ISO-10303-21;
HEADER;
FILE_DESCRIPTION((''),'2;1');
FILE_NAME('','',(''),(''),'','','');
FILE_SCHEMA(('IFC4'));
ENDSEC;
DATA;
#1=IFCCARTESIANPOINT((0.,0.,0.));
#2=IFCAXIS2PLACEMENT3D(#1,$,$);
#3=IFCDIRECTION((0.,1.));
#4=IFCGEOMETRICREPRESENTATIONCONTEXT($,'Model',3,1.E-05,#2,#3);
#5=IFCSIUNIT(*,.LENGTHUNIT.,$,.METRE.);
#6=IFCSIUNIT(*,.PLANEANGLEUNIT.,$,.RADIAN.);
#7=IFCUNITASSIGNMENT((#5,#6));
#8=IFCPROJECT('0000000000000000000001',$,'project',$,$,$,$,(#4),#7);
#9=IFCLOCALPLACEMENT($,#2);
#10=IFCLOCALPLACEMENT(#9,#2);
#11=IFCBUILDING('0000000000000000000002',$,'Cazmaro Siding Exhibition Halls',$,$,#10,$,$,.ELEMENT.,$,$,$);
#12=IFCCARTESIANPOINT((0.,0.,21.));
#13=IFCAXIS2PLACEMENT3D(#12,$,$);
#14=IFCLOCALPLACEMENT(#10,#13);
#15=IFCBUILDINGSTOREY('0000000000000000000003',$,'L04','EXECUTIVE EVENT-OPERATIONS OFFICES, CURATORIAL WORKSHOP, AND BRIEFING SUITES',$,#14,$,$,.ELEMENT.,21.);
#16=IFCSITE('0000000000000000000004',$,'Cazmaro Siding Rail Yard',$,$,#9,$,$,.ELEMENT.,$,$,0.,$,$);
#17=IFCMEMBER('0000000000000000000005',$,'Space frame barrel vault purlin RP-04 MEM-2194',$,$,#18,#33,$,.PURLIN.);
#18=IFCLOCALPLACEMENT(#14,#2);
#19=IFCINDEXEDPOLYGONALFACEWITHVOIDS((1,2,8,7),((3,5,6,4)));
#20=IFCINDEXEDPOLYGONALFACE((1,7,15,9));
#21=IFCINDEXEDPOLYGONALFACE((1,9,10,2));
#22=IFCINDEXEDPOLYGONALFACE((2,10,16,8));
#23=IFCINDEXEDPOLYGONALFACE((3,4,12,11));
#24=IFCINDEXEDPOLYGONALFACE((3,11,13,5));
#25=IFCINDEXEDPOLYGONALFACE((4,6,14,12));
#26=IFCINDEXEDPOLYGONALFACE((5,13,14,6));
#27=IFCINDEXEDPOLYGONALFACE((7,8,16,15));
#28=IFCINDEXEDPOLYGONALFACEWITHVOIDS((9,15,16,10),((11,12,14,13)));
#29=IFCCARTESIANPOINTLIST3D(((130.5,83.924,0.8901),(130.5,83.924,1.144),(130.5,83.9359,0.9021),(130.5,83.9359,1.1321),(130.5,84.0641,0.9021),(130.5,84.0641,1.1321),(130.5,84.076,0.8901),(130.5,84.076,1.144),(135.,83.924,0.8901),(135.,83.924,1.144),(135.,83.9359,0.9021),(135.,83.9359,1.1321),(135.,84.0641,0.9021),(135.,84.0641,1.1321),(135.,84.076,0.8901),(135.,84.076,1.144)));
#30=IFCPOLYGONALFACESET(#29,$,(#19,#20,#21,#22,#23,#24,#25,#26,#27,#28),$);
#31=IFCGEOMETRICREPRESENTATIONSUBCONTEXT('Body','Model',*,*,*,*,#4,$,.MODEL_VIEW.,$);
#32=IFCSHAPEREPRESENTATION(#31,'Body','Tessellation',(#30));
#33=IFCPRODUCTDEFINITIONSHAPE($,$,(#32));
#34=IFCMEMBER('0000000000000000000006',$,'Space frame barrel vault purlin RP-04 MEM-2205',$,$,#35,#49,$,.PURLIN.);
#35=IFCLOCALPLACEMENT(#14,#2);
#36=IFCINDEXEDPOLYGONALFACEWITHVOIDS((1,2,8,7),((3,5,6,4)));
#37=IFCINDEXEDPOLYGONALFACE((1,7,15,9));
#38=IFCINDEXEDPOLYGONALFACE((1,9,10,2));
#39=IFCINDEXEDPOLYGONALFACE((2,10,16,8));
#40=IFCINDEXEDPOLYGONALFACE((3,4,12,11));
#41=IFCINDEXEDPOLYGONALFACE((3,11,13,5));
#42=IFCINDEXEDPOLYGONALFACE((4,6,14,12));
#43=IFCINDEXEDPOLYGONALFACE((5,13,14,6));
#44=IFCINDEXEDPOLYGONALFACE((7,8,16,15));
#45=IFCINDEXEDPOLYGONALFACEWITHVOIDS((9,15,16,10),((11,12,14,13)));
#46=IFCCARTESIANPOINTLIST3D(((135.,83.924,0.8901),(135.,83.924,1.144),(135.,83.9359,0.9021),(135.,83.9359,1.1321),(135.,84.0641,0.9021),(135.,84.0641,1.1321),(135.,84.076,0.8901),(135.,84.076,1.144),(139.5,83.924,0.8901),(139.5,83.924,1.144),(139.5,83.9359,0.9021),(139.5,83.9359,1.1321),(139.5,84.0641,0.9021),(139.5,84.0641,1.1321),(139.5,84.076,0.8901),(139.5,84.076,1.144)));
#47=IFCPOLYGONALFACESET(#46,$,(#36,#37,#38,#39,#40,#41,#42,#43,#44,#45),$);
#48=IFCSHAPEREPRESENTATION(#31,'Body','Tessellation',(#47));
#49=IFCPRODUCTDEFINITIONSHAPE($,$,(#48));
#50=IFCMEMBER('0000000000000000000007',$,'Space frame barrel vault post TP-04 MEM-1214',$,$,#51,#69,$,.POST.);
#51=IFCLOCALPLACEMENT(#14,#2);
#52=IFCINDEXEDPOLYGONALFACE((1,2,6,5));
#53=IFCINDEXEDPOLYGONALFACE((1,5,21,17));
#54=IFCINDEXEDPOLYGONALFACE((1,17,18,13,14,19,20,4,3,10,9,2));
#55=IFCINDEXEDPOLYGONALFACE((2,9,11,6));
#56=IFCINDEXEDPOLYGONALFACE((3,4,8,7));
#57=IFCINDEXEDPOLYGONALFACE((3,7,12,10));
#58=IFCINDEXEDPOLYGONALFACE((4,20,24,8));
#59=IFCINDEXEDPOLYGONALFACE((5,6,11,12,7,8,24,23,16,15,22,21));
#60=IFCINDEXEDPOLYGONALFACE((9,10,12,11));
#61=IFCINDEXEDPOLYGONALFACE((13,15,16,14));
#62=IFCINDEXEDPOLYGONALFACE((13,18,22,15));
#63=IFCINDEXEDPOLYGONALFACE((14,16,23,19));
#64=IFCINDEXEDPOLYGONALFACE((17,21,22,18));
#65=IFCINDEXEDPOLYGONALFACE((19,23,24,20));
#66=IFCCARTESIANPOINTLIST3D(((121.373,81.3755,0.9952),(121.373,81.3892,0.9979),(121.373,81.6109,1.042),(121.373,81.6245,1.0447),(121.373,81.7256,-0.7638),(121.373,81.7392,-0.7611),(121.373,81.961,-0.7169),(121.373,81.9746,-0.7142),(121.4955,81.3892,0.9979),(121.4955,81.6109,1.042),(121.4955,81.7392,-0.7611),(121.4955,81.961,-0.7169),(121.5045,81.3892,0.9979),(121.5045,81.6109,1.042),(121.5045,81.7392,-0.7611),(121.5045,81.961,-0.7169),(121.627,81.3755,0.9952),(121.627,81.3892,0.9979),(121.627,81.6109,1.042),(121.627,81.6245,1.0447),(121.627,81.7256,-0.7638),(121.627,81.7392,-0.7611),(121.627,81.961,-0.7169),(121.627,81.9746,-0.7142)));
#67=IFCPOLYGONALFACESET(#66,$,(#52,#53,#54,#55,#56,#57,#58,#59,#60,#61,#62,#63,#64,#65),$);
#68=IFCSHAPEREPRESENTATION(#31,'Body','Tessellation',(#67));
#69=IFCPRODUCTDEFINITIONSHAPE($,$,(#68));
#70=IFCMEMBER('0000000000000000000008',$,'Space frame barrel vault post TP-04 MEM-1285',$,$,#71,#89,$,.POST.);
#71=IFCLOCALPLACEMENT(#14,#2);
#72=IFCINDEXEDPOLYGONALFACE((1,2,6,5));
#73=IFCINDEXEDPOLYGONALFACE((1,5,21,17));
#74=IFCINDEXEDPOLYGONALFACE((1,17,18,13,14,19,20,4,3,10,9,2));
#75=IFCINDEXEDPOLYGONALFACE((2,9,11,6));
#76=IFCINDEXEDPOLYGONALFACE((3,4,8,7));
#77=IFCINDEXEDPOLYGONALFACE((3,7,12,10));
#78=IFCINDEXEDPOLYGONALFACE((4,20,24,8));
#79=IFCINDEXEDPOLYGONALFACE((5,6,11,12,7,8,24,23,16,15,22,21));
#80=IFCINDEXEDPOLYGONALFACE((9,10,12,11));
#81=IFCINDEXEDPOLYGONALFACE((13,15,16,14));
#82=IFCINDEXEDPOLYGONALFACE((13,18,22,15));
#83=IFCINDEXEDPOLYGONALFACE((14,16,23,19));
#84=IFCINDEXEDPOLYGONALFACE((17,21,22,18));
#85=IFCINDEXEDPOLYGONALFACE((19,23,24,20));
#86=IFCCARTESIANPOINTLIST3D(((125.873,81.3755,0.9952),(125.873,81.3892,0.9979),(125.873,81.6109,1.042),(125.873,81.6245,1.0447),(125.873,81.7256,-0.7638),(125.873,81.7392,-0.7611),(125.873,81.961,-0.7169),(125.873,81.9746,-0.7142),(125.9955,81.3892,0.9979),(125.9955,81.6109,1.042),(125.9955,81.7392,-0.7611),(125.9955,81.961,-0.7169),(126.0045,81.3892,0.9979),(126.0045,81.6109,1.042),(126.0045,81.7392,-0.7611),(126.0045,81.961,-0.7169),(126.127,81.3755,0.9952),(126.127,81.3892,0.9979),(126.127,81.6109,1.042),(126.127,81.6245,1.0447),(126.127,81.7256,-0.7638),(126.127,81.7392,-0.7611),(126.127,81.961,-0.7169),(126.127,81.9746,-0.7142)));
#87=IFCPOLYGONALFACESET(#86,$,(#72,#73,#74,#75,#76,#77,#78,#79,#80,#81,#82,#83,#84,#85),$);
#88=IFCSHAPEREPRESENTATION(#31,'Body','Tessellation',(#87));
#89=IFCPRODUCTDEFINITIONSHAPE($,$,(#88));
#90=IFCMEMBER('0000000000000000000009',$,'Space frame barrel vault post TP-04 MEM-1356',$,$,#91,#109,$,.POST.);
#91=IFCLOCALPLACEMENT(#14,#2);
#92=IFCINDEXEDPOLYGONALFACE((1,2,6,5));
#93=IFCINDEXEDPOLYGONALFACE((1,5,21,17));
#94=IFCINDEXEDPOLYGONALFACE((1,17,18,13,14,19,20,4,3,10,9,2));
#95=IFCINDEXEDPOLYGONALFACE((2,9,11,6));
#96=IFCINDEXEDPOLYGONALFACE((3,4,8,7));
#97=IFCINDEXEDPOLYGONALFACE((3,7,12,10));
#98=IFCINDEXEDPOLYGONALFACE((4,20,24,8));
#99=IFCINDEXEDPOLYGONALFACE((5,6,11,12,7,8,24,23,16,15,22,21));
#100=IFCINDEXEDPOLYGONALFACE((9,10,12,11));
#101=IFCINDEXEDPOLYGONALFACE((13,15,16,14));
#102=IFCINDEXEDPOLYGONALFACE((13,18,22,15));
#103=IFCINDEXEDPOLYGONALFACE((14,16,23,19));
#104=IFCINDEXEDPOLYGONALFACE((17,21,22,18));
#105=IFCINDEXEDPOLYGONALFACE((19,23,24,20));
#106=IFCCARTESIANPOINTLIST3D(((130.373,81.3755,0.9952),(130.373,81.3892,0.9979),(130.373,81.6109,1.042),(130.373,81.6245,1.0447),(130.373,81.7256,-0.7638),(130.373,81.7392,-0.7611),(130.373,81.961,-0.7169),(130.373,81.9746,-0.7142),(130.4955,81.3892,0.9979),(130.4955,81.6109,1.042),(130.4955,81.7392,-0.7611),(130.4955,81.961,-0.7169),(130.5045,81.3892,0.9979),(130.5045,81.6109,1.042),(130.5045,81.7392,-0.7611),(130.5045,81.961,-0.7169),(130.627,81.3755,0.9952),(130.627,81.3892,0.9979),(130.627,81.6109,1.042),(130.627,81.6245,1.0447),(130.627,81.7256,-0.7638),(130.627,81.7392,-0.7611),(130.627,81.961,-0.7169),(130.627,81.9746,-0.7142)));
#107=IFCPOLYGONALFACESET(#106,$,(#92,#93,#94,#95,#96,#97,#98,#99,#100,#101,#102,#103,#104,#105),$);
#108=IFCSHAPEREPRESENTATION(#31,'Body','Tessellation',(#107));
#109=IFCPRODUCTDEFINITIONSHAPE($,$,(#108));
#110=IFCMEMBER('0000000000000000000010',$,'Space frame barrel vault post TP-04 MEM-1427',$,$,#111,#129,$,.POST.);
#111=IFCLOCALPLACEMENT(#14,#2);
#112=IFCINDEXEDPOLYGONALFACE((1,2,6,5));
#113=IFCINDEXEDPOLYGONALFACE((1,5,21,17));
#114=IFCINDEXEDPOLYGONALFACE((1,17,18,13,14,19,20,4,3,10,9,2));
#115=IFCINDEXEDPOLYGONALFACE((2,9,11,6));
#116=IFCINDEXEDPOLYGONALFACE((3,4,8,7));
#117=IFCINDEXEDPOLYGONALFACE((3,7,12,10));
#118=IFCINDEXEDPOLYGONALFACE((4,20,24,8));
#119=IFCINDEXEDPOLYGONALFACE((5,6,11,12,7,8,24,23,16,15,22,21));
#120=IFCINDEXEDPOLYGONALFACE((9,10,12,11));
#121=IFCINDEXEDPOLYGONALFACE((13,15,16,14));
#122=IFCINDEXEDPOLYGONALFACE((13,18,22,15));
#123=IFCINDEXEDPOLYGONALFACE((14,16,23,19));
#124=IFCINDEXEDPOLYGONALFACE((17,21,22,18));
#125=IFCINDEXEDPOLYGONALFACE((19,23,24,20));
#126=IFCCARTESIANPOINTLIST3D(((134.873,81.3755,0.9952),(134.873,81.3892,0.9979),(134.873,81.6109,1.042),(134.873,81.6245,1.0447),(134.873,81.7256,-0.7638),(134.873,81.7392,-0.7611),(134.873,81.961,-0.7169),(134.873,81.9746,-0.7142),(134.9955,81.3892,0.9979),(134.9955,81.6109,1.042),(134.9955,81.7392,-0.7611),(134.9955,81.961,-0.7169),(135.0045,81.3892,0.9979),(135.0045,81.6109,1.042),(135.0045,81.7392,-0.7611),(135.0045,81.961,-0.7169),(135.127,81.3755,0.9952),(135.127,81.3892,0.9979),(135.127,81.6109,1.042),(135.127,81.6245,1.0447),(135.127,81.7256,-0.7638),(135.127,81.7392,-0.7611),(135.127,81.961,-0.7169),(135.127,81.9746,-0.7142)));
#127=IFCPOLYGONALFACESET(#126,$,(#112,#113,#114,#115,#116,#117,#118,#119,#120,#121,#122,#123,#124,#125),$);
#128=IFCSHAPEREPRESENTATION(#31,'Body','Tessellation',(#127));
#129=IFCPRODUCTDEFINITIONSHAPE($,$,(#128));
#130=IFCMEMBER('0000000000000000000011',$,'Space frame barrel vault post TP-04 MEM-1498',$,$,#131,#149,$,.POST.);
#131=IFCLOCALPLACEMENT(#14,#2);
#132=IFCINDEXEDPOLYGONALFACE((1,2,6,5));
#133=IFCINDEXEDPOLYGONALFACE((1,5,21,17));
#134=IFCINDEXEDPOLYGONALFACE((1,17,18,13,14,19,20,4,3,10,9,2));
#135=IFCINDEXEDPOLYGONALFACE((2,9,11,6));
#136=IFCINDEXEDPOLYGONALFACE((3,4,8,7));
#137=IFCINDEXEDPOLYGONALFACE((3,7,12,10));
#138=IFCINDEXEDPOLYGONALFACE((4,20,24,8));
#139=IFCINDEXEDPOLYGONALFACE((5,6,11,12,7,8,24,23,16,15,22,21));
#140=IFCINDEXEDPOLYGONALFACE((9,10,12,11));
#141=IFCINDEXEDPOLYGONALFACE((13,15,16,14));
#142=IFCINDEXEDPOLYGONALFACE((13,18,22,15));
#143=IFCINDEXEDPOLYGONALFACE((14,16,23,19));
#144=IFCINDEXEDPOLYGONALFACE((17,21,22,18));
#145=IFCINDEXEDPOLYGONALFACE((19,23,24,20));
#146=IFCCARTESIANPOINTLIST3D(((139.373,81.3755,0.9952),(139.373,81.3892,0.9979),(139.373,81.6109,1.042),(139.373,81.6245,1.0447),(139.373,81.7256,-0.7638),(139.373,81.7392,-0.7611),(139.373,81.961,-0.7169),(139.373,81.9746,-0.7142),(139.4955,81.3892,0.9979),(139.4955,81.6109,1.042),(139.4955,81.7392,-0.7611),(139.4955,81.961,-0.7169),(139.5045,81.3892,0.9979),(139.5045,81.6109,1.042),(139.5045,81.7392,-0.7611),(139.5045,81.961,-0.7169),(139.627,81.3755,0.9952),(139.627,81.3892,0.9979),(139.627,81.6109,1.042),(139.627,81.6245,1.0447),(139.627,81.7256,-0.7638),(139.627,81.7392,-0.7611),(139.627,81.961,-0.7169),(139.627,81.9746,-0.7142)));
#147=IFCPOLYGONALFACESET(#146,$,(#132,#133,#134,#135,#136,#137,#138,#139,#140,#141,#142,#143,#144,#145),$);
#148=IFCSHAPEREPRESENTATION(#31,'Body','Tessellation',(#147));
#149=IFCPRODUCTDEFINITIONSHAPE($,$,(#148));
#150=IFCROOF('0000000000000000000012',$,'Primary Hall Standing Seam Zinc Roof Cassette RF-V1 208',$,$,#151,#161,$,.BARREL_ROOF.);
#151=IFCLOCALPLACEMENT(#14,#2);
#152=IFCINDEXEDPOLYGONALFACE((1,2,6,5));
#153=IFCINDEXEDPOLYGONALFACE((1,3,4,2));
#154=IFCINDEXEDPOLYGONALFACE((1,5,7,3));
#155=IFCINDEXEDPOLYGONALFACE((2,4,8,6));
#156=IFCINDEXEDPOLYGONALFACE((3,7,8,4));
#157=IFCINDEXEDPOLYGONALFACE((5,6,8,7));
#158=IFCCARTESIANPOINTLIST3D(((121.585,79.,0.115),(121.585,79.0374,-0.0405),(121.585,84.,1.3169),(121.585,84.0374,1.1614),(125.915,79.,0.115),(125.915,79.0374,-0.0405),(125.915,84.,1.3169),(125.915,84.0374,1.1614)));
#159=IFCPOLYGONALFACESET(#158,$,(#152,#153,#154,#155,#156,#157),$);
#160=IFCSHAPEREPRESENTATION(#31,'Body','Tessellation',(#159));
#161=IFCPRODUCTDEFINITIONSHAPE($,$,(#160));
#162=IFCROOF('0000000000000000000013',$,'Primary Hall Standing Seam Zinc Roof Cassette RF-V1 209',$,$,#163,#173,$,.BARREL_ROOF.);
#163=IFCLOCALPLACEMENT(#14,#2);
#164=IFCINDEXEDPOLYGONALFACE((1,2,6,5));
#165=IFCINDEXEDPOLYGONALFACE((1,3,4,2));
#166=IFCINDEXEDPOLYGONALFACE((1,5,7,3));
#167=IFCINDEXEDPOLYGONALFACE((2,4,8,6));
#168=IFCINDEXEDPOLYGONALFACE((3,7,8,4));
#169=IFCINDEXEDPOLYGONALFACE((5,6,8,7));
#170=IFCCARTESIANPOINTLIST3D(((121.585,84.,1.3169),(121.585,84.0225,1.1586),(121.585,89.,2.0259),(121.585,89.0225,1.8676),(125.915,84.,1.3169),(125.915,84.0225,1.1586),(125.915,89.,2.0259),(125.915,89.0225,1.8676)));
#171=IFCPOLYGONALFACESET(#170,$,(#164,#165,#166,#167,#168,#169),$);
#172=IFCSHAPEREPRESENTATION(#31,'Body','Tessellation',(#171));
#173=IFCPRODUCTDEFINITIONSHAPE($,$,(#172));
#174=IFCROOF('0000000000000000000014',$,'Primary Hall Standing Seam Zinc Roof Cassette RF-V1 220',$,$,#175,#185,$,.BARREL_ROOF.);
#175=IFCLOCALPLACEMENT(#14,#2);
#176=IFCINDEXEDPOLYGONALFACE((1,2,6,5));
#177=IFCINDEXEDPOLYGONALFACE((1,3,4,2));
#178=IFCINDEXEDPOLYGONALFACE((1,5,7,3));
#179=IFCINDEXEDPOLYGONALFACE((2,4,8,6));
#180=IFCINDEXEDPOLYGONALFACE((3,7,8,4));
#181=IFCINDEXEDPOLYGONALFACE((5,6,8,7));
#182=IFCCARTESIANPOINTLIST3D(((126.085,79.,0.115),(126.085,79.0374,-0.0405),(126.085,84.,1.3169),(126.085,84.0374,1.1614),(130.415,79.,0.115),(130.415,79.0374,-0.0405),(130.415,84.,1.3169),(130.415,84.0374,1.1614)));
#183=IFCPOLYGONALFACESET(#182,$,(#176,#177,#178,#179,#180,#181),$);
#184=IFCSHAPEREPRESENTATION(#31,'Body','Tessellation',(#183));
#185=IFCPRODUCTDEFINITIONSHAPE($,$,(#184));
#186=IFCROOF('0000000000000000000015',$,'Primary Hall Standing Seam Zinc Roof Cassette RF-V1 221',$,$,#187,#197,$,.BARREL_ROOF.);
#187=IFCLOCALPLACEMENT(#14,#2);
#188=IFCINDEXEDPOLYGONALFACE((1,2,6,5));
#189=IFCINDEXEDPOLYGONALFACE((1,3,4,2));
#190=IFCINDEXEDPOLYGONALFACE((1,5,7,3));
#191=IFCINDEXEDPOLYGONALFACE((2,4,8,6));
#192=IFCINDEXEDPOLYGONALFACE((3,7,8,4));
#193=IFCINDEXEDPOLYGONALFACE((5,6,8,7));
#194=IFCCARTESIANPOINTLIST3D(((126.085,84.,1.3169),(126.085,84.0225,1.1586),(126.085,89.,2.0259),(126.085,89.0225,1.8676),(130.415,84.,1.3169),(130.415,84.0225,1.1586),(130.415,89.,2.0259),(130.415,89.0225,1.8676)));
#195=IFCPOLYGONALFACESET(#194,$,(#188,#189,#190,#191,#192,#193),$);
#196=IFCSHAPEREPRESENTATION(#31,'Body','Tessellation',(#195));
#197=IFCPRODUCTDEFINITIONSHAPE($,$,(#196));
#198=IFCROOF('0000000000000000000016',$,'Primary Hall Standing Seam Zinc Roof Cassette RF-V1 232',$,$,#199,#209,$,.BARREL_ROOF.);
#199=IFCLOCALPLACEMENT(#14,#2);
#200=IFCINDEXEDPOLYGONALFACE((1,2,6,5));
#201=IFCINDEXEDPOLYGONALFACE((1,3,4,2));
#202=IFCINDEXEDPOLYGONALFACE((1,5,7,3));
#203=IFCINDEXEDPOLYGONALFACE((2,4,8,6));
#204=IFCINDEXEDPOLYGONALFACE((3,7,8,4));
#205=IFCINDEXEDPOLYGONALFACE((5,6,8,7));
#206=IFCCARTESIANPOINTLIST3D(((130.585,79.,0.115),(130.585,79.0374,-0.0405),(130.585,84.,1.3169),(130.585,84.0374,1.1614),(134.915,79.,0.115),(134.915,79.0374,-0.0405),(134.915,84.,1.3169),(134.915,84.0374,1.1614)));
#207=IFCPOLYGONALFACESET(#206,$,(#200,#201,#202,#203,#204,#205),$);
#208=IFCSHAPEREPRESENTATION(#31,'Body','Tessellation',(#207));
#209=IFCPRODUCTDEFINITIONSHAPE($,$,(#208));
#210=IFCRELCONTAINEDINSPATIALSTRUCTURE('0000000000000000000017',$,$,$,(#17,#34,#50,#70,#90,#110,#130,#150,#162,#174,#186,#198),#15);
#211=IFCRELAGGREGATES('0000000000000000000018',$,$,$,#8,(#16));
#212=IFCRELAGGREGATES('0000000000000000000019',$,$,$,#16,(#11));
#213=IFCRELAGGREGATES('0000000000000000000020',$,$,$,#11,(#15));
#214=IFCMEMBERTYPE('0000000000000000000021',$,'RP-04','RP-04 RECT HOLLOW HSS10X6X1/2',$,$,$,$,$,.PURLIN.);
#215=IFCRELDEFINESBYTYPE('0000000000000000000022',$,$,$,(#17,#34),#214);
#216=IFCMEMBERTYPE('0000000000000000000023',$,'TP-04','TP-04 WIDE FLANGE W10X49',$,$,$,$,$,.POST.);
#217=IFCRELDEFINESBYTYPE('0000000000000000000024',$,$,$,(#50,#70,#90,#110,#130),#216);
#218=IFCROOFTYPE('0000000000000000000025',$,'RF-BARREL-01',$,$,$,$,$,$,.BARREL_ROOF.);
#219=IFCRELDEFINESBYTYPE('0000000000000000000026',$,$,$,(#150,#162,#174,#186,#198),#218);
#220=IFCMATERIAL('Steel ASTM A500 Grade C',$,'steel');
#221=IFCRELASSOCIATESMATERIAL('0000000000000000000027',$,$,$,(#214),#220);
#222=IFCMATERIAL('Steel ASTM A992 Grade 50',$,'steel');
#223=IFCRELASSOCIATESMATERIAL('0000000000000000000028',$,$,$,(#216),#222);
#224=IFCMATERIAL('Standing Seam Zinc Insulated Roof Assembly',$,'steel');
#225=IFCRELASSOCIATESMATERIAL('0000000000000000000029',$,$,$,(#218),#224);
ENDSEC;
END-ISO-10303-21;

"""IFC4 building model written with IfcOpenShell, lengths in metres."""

from ifc_helpers import new_model, si_unit, direction, frame, origin, origin_2d, place, context, subcontext, project, spatial, polyline, hollow_rectangle, i_section, outline, extrude, material, material_profile, profile_set, type_object, element, save


model = new_model("IFC4")

# Units and contexts
model_context = context("Model", 3, precision=1e-05, world=origin(), true_north=direction((0.0, 1.0)))
body_context = subcontext(model_context, "Body", "Model", "MODEL_VIEW")
ifc_project = project(units=[si_unit("LENGTHUNIT", "METRE"), si_unit("PLANEANGLEUNIT", "RADIAN")], contexts=[model_context])

# Site, building, storey
site_placement = place(None, origin())
site = spatial("IfcSite", under=ifc_project, at=site_placement, Name="Cazmaro Siding Rail Yard", CompositionType="ELEMENT", RefElevation=0.0)
building_placement = place(site_placement, origin())
building = spatial("IfcBuilding", under=site, at=building_placement, Name="Cazmaro Siding Exhibition Halls", CompositionType="ELEMENT")
storey_placement = place(building_placement, frame((0.0, 0.0, 21.0)))
storey = spatial("IfcBuildingStorey", under=building, at=storey_placement, Name="L04", Description="EXECUTIVE EVENT-OPERATIONS OFFICES, CURATORIAL WORKSHOP, AND BRIEFING SUITES", CompositionType="ELEMENT", Elevation=21.0)

# Members
ifc_material_1 = material(Name="Steel ASTM A500 Grade C", Category="steel")
ifc_material_profile_1 = material_profile(ifc_material_1, hollow_rectangle(XDim=0.1521, YDim=0.2539, WallThickness=0.012, at=origin_2d()), Name="HSS10X6X1/2")
ifc_profile_set_1 = profile_set([ifc_material_profile_1], Name="Steel ASTM A500 Grade C")
member_type_1 = type_object("IfcMemberType", Name="RP-04", Description="RP-04 RECT HOLLOW HSS10X6X1/2", PredefinedType="PURLIN", material=ifc_profile_set_1)
for number, where, z_axis, x_axis, name in (
    (1, (130.5, 84.0, 1.0171), (1.0, 0.0, 0.0), (0.0, 1.0, 0.0), "Space frame barrel vault purlin RP-04 MEM-2194"),
    (2, (135.0, 84.0, 1.0171), (1.0, 0.0, 0.0), (0.0, 1.0, 0.0), "Space frame barrel vault purlin RP-04 MEM-2205"),
):
    element("IfcMember", number, at=place(storey_placement, frame(where, z_axis=z_axis, x_axis=x_axis)), inside=storey, type_object=member_type_1, Name=name, PredefinedType="PURLIN", context=body_context, shape_type="SweptSolid", body=[
        extrude(hollow_rectangle(XDim=0.1521, YDim=0.2539, WallThickness=0.012, at=origin_2d()), origin(), (0.0, 0.0, 1.0), 4.5),
    ])
ifc_material_2 = material(Name="Steel ASTM A992 Grade 50", Category="steel")
ifc_material_profile_2 = material_profile(ifc_material_2, i_section(OverallWidth=0.2539, OverallDepth=0.2539, WebThickness=0.009, FlangeThickness=0.0139, at=origin_2d()), Name="W10X49")
ifc_profile_set_2 = profile_set([ifc_material_profile_2], Name="Steel ASTM A992 Grade 50")
member_type_2 = type_object("IfcMemberType", Name="TP-04", Description="TP-04 WIDE FLANGE W10X49", PredefinedType="POST", material=ifc_profile_set_2)
for number, where, z_axis, x_axis, name in (
    (3, (121.5, 81.8501, -0.739), (0.0, -0.1952, 0.980763), (1.0, 0.0, 0.0), "Space frame barrel vault post TP-04 MEM-1214"),
    (4, (126.0, 81.8501, -0.739), (0.0, -0.1952, 0.980763), (1.0, 0.0, 0.0), "Space frame barrel vault post TP-04 MEM-1285"),
    (5, (130.5, 81.8501, -0.739), (0.0, -0.1952, 0.980763), (1.0, 0.0, 0.0), "Space frame barrel vault post TP-04 MEM-1356"),
    (6, (135.0, 81.8501, -0.739), (0.0, -0.1952, 0.980763), (1.0, 0.0, 0.0), "Space frame barrel vault post TP-04 MEM-1427"),
    (7, (139.5, 81.8501, -0.739), (0.0, -0.1952, 0.980763), (1.0, 0.0, 0.0), "Space frame barrel vault post TP-04 MEM-1498"),
):
    element("IfcMember", number, at=place(storey_placement, frame(where, z_axis=z_axis, x_axis=x_axis)), inside=storey, type_object=member_type_2, Name=name, PredefinedType="POST", context=body_context, shape_type="SweptSolid", body=[
        extrude(i_section(OverallWidth=0.2539, OverallDepth=0.2539, WebThickness=0.009, FlangeThickness=0.0139, at=origin_2d()), origin(), (0.0, 0.0, 1.0), 1.7935),
    ])

# Roofs
ifc_material_3 = material(Name="Standing Seam Zinc Insulated Roof Assembly", Category="steel")
roof_type = type_object("IfcRoofType", Name="RF-BARREL-01", PredefinedType="BARREL_ROOF", material=ifc_material_3)
roof_1_placement = place(storey_placement, frame((121.585, 79.0, 0.115), z_axis=(0.0, -0.233723, 0.972303), x_axis=(1.0, 0.0, 0.0)))
element("IfcRoof", 8, at=roof_1_placement, inside=storey, type_object=roof_type, Name="Primary Hall Standing Seam Zinc Roof Cassette RF-V1 208", PredefinedType="BARREL_ROOF", context=body_context, shape_type="SweptSolid", body=[
    extrude(outline(polyline([(0.0, 0.0), (4.3301, 0.0), (4.3301, 5.1424), (0.0, 5.1424), (0.0, 0.0)])), origin(), (0.0, 0.0, -1.0), 0.1599),
])
roof_2_placement = place(storey_placement, frame((121.585, 84.0, 1.3169), z_axis=(0.0, -0.140393, 0.990096), x_axis=(1.0, 0.0, 0.0)))
element("IfcRoof", 9, at=roof_2_placement, inside=storey, type_object=roof_type, Name="Primary Hall Standing Seam Zinc Roof Cassette RF-V1 209", PredefinedType="BARREL_ROOF", context=body_context, shape_type="SweptSolid", body=[
    extrude(outline(polyline([(0.0, 0.0), (4.3301, 0.0), (4.3301, 5.05), (0.0, 5.05), (0.0, 0.0)])), origin(), (0.0, 0.0, -1.0), 0.1599),
])
roof_3_placement = place(storey_placement, frame((126.085, 79.0, 0.115), z_axis=(0.0, -0.233723, 0.972303), x_axis=(1.0, 0.0, 0.0)))
element("IfcRoof", 10, at=roof_3_placement, inside=storey, type_object=roof_type, Name="Primary Hall Standing Seam Zinc Roof Cassette RF-V1 220", PredefinedType="BARREL_ROOF", context=body_context, shape_type="SweptSolid", body=[
    extrude(outline(polyline([(0.0, 0.0), (4.3301, 0.0), (4.3301, 5.1424), (0.0, 5.1424), (0.0, 0.0)])), origin(), (0.0, 0.0, -1.0), 0.1599),
])
roof_4_placement = place(storey_placement, frame((126.085, 84.0, 1.3169), z_axis=(0.0, -0.140393, 0.990096), x_axis=(1.0, 0.0, 0.0)))
element("IfcRoof", 11, at=roof_4_placement, inside=storey, type_object=roof_type, Name="Primary Hall Standing Seam Zinc Roof Cassette RF-V1 221", PredefinedType="BARREL_ROOF", context=body_context, shape_type="SweptSolid", body=[
    extrude(outline(polyline([(0.0, 0.0), (4.3301, 0.0), (4.3301, 5.05), (0.0, 5.05), (0.0, 0.0)])), origin(), (0.0, 0.0, -1.0), 0.1599),
])
roof_5_placement = place(storey_placement, frame((130.585, 79.0, 0.115), z_axis=(0.0, -0.233723, 0.972303), x_axis=(1.0, 0.0, 0.0)))
element("IfcRoof", 12, at=roof_5_placement, inside=storey, type_object=roof_type, Name="Primary Hall Standing Seam Zinc Roof Cassette RF-V1 232", PredefinedType="BARREL_ROOF", context=body_context, shape_type="SweptSolid", body=[
    extrude(outline(polyline([(0.0, 0.0), (4.3301, 0.0), (4.3301, 5.1424), (0.0, 5.1424), (0.0, 0.0)])), origin(), (0.0, 0.0, -1.0), 0.1599),
])

save(model, "model.ifc")
